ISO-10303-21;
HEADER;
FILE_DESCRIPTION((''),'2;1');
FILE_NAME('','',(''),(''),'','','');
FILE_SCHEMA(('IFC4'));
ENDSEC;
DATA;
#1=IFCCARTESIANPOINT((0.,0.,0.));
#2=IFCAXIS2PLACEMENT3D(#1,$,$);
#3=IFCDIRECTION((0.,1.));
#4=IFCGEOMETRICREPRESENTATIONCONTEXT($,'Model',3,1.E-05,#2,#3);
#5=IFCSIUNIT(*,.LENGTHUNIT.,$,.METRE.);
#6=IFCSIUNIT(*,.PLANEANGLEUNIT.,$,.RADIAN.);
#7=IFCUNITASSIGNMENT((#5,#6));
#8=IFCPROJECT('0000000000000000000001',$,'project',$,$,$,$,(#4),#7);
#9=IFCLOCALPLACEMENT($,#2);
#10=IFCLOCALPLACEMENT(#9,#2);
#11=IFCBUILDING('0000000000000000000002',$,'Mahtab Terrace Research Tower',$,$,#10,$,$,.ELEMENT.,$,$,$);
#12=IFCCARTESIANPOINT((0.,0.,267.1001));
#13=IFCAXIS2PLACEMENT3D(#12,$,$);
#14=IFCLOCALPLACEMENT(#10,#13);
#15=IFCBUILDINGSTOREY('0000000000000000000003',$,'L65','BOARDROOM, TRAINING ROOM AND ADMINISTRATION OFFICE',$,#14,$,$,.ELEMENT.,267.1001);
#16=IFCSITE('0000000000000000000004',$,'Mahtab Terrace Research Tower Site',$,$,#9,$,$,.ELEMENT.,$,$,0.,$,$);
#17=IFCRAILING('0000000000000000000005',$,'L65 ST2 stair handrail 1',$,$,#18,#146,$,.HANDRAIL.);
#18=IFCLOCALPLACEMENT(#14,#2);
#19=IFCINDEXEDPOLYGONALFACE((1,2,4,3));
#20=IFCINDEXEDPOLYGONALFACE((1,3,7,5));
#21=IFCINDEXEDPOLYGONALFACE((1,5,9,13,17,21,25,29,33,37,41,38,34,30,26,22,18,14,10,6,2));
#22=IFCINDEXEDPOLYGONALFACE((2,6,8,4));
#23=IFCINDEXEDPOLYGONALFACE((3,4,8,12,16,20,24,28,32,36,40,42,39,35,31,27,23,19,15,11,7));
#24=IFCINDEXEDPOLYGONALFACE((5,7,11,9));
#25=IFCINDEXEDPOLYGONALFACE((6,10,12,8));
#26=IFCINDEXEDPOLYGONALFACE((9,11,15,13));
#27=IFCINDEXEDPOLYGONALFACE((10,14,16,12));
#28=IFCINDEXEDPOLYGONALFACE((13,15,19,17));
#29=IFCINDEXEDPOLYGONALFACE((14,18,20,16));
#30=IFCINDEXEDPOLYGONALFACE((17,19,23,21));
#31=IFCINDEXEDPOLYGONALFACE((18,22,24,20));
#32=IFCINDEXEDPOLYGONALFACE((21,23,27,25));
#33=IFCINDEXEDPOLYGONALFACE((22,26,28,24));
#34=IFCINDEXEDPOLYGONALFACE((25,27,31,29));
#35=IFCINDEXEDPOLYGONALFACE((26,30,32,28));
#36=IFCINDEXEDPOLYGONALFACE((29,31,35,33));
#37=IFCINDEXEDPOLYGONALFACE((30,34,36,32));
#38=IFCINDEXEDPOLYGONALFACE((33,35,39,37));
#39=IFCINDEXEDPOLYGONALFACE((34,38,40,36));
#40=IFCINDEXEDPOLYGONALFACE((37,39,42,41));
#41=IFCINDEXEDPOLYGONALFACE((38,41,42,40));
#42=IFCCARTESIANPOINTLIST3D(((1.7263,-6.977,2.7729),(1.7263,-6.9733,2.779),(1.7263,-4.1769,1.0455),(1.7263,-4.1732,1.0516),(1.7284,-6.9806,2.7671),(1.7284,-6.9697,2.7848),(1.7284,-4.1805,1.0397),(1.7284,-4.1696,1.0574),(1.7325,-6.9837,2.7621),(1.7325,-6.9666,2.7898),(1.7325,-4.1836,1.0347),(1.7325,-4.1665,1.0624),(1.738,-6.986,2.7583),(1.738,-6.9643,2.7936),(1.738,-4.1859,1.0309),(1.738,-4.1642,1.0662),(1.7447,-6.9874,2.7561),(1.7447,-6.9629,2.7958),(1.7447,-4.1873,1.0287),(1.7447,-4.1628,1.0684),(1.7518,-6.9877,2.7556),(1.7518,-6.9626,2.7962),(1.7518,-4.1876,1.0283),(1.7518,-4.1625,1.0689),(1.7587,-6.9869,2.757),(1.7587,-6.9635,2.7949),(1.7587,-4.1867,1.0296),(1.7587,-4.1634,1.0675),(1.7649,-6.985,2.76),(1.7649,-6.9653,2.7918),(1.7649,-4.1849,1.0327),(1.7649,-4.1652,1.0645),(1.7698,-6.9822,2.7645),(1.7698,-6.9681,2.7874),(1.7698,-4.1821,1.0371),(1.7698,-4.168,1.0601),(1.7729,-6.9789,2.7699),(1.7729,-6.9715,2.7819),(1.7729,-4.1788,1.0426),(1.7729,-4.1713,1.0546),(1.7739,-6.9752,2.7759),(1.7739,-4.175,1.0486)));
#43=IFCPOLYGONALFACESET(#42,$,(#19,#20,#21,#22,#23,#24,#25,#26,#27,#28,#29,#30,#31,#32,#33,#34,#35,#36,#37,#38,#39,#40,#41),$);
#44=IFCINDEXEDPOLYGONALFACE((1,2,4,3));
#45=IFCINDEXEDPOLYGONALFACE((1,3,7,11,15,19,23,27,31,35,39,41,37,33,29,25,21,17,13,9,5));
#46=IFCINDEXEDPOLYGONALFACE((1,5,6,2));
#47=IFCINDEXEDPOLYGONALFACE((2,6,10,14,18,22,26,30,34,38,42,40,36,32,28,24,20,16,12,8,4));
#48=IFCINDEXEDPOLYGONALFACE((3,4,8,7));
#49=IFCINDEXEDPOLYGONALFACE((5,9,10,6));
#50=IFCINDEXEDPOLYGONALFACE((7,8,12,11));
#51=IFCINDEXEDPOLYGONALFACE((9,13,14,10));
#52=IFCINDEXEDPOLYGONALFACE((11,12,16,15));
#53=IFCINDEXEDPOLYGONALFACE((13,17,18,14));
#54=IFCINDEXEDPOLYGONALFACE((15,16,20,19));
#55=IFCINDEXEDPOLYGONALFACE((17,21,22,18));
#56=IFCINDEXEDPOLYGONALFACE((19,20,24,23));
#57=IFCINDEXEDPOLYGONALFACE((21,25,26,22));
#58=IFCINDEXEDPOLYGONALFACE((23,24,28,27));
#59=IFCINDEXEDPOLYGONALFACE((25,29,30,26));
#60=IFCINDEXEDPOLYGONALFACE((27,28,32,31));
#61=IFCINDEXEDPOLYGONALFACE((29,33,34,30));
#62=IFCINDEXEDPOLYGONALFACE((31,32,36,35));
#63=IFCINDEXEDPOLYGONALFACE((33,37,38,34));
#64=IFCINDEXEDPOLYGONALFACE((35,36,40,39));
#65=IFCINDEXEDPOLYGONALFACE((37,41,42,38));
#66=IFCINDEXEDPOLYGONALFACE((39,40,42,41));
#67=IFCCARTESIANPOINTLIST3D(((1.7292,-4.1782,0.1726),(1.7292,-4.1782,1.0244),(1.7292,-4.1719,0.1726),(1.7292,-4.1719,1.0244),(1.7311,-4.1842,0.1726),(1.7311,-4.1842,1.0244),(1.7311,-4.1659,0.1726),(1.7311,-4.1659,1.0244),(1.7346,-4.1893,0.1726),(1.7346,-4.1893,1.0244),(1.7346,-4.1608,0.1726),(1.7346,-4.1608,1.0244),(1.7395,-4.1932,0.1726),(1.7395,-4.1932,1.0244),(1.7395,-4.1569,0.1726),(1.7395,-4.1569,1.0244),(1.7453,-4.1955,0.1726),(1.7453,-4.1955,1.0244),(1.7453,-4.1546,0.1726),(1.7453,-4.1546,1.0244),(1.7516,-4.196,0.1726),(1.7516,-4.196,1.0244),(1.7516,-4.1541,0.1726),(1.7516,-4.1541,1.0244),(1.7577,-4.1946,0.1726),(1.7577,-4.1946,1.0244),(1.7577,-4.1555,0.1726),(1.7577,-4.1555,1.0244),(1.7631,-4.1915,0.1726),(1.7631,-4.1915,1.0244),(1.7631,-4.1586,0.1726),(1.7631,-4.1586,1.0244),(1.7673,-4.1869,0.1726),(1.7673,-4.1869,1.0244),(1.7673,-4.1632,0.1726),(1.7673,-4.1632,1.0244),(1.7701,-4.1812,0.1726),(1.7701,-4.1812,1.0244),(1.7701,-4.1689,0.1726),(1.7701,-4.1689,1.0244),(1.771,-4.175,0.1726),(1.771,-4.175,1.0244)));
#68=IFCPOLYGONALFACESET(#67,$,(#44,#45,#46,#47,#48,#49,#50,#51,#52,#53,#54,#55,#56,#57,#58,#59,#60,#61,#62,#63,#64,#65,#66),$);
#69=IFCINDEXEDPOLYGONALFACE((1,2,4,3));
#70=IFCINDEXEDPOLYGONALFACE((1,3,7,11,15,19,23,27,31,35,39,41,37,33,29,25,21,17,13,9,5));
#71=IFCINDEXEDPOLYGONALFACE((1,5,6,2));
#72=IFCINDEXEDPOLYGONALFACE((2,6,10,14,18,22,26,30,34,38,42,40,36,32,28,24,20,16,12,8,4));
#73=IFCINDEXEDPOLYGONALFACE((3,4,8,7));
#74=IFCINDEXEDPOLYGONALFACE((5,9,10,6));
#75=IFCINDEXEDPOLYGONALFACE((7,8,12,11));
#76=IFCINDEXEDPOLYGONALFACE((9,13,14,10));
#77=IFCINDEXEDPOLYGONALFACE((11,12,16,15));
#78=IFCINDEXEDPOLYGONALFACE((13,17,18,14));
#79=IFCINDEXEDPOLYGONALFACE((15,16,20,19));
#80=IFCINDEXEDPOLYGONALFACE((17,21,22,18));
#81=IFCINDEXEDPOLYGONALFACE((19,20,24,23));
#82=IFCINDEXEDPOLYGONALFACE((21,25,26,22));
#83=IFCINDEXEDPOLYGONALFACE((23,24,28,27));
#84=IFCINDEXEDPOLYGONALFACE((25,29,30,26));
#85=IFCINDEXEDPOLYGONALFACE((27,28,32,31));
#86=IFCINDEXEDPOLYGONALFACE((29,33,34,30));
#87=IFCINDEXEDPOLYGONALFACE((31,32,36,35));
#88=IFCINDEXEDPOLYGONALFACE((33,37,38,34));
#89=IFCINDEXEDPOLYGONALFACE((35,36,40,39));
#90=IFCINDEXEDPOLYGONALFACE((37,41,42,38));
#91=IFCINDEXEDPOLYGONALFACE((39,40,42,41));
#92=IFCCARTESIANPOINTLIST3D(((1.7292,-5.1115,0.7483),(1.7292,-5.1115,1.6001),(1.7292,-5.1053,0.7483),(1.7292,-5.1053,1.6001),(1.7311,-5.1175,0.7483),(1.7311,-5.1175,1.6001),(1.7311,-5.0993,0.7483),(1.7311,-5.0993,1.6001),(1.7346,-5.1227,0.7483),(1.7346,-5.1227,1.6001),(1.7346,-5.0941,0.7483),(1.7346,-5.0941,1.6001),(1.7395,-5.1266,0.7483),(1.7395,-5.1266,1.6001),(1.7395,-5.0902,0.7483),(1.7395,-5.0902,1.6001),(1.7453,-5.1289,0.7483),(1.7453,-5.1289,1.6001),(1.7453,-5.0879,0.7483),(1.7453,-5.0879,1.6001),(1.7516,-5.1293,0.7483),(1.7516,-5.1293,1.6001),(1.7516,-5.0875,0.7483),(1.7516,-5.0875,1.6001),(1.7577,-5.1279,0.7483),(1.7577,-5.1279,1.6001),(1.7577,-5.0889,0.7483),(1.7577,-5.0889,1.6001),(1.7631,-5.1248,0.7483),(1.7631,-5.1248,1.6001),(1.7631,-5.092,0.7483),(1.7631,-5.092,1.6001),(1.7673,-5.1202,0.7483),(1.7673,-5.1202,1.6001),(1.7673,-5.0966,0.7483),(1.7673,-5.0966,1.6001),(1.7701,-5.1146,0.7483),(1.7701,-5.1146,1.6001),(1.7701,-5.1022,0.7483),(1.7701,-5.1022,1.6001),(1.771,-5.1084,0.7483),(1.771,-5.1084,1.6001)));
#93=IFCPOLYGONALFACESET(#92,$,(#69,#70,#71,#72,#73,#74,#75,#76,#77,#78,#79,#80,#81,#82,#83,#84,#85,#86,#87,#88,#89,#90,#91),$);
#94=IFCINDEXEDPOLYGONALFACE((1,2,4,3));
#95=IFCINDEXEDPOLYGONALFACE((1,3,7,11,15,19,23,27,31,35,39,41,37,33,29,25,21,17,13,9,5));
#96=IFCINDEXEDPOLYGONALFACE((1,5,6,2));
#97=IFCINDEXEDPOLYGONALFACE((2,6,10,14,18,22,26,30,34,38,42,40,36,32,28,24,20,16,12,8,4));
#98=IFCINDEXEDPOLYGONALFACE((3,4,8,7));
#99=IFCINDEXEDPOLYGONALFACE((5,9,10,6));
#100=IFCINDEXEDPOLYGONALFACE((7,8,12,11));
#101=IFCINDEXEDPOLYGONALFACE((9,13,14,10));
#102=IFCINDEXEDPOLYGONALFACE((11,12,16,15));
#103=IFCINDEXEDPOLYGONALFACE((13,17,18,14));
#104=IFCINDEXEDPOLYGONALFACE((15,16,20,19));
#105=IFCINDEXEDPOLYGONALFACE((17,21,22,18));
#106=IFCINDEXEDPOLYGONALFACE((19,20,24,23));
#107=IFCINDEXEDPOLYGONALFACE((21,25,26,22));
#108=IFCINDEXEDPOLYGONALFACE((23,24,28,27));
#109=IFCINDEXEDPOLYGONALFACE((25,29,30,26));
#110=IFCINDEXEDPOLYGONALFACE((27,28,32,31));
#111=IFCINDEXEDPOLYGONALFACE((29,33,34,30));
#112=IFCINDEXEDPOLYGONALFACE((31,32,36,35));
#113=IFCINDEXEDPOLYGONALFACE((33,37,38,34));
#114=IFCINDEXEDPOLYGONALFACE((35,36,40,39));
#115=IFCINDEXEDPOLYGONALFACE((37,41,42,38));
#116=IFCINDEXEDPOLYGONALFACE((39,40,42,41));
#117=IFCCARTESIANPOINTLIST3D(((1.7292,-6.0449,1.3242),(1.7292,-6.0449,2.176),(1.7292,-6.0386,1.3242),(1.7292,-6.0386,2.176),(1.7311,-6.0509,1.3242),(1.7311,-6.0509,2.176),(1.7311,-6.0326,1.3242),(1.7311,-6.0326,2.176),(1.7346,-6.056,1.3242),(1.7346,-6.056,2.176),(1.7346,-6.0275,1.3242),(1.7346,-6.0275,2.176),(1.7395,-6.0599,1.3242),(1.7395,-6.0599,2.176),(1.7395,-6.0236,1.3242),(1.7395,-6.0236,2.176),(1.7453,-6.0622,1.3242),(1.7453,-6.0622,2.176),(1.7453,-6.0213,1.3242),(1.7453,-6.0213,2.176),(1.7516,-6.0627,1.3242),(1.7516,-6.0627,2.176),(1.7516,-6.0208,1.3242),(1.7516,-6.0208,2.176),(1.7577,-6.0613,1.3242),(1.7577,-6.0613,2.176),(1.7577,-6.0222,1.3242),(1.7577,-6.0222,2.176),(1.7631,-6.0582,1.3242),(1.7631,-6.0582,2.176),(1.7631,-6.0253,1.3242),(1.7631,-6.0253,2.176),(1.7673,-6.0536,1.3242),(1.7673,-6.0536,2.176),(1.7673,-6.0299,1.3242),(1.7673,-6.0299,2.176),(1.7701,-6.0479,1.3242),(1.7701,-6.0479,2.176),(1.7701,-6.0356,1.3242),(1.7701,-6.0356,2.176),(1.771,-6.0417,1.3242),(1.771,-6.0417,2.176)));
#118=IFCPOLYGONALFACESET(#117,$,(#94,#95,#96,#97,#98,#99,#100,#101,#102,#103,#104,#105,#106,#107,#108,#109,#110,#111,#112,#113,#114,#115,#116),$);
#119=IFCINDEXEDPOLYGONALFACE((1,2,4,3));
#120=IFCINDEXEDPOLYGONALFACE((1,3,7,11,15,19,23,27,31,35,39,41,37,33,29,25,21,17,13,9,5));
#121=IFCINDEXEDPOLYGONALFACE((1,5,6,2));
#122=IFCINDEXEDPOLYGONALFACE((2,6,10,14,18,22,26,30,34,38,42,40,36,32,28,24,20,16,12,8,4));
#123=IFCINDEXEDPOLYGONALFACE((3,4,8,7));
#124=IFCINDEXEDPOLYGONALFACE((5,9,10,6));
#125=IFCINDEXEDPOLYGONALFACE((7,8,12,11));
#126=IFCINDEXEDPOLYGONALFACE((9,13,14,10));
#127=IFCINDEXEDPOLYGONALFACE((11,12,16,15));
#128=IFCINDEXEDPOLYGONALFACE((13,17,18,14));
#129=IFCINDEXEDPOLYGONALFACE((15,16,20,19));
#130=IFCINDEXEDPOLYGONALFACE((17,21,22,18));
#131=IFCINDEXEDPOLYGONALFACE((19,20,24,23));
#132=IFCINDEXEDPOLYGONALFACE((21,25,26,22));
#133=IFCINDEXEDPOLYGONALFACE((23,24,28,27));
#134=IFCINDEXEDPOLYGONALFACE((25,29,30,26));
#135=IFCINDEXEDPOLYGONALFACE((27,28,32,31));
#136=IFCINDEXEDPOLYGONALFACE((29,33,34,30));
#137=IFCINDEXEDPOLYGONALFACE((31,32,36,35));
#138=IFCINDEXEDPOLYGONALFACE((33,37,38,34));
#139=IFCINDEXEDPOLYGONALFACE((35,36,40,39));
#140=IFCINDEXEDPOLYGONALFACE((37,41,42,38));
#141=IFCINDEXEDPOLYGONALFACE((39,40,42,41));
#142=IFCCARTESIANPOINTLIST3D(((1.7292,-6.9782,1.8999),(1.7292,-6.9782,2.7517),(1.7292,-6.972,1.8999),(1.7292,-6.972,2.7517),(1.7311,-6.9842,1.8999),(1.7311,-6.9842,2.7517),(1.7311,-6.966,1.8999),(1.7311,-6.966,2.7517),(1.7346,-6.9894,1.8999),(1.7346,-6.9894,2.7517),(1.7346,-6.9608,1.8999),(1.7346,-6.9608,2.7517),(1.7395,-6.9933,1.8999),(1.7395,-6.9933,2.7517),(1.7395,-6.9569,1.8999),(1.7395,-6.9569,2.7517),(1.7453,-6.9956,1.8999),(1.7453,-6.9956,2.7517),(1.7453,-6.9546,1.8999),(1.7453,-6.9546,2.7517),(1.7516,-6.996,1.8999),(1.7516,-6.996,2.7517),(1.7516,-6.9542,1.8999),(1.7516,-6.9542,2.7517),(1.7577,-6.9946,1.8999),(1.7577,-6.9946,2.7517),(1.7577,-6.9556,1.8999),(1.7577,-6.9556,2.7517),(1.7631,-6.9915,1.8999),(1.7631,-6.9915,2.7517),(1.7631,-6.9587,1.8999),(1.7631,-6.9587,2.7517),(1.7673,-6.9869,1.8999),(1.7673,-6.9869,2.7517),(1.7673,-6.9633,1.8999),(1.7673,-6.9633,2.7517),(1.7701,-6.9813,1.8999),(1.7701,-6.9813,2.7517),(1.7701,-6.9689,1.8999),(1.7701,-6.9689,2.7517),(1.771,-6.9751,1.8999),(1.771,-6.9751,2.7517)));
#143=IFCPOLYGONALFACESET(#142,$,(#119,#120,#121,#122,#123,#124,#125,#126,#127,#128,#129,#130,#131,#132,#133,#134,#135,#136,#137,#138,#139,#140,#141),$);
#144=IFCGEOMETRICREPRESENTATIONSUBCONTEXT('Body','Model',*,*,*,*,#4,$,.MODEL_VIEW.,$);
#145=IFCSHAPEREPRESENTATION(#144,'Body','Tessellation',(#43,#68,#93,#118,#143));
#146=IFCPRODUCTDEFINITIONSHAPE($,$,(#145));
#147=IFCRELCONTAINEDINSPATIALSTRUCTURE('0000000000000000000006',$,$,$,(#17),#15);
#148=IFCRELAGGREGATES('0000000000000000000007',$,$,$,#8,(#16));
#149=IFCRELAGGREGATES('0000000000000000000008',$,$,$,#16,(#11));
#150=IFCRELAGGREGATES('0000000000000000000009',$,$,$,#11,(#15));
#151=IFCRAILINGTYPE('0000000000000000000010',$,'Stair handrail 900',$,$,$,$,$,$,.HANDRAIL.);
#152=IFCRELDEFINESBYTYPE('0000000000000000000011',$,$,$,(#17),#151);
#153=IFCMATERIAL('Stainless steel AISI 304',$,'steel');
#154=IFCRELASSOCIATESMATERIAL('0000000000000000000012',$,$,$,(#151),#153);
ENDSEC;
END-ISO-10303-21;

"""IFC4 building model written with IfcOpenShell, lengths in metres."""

from ifc_helpers import new_model, si_unit, direction, frame, origin, origin_2d, place, context, subcontext, project, spatial, circle, extrude, material, type_object, element, save


model = new_model("IFC4")

# Units and contexts
model_context = context("Model", 3, precision=1e-05, world=origin(), true_north=direction((0.0, 1.0)))
body_context = subcontext(model_context, "Body", "Model", "MODEL_VIEW")
ifc_project = project(units=[si_unit("LENGTHUNIT", "METRE"), si_unit("PLANEANGLEUNIT", "RADIAN")], contexts=[model_context])

# Site, building, storey
site_placement = place(None, origin())
site = spatial("IfcSite", under=ifc_project, at=site_placement, Name="Mahtab Terrace Research Tower Site", CompositionType="ELEMENT", RefElevation=0.0)
building_placement = place(site_placement, origin())
building = spatial("IfcBuilding", under=site, at=building_placement, Name="Mahtab Terrace Research Tower", CompositionType="ELEMENT")
storey_placement = place(building_placement, frame((0.0, 0.0, 267.1001)))
storey = spatial("IfcBuildingStorey", under=building, at=storey_placement, Name="L65", Description="BOARDROOM, TRAINING ROOM AND ADMINISTRATION OFFICE", CompositionType="ELEMENT", Elevation=267.1001)

# Railing
ifc_material_1 = material(Name="Stainless steel AISI 304", Category="steel")
railing_type_1 = type_object("IfcRailingType", Name="Stair handrail 900", PredefinedType="HANDRAIL", material=ifc_material_1)
railing_1_placement = place(storey_placement, frame((1.75, -4.175, 0.1726)))
element("IfcRailing", 1, at=railing_1_placement, inside=storey, type_object=railing_type_1, Name="L65 ST2 stair handrail 1", PredefinedType="HANDRAIL", context=body_context, shape_type="SweptSolid", body=[
    extrude(circle(Radius=0.0239, at=origin_2d()), frame((0.0, 0.0, 0.876), z_axis=(0.0, -0.85109, 0.52502), x_axis=(1.0, 0.0, 0.0)), (0.0, 0.0, 1.0), 3.29),
    extrude(circle(Radius=0.021, at=origin_2d()), origin(), (0.0, 0.0, 1.0), 0.8518),
    extrude(circle(Radius=0.021, at=origin_2d()), frame((0.0, -0.9333, 0.5757)), (0.0, 0.0, 1.0), 0.8518),
    extrude(circle(Radius=0.021, at=origin_2d()), frame((0.0, -1.8667, 1.1516)), (0.0, 0.0, 1.0), 0.8518),
    extrude(circle(Radius=0.021, at=origin_2d()), frame((0.0, -2.8, 1.7273)), (0.0, 0.0, 1.0), 0.8518),
])

save(model, "model.ifc")
